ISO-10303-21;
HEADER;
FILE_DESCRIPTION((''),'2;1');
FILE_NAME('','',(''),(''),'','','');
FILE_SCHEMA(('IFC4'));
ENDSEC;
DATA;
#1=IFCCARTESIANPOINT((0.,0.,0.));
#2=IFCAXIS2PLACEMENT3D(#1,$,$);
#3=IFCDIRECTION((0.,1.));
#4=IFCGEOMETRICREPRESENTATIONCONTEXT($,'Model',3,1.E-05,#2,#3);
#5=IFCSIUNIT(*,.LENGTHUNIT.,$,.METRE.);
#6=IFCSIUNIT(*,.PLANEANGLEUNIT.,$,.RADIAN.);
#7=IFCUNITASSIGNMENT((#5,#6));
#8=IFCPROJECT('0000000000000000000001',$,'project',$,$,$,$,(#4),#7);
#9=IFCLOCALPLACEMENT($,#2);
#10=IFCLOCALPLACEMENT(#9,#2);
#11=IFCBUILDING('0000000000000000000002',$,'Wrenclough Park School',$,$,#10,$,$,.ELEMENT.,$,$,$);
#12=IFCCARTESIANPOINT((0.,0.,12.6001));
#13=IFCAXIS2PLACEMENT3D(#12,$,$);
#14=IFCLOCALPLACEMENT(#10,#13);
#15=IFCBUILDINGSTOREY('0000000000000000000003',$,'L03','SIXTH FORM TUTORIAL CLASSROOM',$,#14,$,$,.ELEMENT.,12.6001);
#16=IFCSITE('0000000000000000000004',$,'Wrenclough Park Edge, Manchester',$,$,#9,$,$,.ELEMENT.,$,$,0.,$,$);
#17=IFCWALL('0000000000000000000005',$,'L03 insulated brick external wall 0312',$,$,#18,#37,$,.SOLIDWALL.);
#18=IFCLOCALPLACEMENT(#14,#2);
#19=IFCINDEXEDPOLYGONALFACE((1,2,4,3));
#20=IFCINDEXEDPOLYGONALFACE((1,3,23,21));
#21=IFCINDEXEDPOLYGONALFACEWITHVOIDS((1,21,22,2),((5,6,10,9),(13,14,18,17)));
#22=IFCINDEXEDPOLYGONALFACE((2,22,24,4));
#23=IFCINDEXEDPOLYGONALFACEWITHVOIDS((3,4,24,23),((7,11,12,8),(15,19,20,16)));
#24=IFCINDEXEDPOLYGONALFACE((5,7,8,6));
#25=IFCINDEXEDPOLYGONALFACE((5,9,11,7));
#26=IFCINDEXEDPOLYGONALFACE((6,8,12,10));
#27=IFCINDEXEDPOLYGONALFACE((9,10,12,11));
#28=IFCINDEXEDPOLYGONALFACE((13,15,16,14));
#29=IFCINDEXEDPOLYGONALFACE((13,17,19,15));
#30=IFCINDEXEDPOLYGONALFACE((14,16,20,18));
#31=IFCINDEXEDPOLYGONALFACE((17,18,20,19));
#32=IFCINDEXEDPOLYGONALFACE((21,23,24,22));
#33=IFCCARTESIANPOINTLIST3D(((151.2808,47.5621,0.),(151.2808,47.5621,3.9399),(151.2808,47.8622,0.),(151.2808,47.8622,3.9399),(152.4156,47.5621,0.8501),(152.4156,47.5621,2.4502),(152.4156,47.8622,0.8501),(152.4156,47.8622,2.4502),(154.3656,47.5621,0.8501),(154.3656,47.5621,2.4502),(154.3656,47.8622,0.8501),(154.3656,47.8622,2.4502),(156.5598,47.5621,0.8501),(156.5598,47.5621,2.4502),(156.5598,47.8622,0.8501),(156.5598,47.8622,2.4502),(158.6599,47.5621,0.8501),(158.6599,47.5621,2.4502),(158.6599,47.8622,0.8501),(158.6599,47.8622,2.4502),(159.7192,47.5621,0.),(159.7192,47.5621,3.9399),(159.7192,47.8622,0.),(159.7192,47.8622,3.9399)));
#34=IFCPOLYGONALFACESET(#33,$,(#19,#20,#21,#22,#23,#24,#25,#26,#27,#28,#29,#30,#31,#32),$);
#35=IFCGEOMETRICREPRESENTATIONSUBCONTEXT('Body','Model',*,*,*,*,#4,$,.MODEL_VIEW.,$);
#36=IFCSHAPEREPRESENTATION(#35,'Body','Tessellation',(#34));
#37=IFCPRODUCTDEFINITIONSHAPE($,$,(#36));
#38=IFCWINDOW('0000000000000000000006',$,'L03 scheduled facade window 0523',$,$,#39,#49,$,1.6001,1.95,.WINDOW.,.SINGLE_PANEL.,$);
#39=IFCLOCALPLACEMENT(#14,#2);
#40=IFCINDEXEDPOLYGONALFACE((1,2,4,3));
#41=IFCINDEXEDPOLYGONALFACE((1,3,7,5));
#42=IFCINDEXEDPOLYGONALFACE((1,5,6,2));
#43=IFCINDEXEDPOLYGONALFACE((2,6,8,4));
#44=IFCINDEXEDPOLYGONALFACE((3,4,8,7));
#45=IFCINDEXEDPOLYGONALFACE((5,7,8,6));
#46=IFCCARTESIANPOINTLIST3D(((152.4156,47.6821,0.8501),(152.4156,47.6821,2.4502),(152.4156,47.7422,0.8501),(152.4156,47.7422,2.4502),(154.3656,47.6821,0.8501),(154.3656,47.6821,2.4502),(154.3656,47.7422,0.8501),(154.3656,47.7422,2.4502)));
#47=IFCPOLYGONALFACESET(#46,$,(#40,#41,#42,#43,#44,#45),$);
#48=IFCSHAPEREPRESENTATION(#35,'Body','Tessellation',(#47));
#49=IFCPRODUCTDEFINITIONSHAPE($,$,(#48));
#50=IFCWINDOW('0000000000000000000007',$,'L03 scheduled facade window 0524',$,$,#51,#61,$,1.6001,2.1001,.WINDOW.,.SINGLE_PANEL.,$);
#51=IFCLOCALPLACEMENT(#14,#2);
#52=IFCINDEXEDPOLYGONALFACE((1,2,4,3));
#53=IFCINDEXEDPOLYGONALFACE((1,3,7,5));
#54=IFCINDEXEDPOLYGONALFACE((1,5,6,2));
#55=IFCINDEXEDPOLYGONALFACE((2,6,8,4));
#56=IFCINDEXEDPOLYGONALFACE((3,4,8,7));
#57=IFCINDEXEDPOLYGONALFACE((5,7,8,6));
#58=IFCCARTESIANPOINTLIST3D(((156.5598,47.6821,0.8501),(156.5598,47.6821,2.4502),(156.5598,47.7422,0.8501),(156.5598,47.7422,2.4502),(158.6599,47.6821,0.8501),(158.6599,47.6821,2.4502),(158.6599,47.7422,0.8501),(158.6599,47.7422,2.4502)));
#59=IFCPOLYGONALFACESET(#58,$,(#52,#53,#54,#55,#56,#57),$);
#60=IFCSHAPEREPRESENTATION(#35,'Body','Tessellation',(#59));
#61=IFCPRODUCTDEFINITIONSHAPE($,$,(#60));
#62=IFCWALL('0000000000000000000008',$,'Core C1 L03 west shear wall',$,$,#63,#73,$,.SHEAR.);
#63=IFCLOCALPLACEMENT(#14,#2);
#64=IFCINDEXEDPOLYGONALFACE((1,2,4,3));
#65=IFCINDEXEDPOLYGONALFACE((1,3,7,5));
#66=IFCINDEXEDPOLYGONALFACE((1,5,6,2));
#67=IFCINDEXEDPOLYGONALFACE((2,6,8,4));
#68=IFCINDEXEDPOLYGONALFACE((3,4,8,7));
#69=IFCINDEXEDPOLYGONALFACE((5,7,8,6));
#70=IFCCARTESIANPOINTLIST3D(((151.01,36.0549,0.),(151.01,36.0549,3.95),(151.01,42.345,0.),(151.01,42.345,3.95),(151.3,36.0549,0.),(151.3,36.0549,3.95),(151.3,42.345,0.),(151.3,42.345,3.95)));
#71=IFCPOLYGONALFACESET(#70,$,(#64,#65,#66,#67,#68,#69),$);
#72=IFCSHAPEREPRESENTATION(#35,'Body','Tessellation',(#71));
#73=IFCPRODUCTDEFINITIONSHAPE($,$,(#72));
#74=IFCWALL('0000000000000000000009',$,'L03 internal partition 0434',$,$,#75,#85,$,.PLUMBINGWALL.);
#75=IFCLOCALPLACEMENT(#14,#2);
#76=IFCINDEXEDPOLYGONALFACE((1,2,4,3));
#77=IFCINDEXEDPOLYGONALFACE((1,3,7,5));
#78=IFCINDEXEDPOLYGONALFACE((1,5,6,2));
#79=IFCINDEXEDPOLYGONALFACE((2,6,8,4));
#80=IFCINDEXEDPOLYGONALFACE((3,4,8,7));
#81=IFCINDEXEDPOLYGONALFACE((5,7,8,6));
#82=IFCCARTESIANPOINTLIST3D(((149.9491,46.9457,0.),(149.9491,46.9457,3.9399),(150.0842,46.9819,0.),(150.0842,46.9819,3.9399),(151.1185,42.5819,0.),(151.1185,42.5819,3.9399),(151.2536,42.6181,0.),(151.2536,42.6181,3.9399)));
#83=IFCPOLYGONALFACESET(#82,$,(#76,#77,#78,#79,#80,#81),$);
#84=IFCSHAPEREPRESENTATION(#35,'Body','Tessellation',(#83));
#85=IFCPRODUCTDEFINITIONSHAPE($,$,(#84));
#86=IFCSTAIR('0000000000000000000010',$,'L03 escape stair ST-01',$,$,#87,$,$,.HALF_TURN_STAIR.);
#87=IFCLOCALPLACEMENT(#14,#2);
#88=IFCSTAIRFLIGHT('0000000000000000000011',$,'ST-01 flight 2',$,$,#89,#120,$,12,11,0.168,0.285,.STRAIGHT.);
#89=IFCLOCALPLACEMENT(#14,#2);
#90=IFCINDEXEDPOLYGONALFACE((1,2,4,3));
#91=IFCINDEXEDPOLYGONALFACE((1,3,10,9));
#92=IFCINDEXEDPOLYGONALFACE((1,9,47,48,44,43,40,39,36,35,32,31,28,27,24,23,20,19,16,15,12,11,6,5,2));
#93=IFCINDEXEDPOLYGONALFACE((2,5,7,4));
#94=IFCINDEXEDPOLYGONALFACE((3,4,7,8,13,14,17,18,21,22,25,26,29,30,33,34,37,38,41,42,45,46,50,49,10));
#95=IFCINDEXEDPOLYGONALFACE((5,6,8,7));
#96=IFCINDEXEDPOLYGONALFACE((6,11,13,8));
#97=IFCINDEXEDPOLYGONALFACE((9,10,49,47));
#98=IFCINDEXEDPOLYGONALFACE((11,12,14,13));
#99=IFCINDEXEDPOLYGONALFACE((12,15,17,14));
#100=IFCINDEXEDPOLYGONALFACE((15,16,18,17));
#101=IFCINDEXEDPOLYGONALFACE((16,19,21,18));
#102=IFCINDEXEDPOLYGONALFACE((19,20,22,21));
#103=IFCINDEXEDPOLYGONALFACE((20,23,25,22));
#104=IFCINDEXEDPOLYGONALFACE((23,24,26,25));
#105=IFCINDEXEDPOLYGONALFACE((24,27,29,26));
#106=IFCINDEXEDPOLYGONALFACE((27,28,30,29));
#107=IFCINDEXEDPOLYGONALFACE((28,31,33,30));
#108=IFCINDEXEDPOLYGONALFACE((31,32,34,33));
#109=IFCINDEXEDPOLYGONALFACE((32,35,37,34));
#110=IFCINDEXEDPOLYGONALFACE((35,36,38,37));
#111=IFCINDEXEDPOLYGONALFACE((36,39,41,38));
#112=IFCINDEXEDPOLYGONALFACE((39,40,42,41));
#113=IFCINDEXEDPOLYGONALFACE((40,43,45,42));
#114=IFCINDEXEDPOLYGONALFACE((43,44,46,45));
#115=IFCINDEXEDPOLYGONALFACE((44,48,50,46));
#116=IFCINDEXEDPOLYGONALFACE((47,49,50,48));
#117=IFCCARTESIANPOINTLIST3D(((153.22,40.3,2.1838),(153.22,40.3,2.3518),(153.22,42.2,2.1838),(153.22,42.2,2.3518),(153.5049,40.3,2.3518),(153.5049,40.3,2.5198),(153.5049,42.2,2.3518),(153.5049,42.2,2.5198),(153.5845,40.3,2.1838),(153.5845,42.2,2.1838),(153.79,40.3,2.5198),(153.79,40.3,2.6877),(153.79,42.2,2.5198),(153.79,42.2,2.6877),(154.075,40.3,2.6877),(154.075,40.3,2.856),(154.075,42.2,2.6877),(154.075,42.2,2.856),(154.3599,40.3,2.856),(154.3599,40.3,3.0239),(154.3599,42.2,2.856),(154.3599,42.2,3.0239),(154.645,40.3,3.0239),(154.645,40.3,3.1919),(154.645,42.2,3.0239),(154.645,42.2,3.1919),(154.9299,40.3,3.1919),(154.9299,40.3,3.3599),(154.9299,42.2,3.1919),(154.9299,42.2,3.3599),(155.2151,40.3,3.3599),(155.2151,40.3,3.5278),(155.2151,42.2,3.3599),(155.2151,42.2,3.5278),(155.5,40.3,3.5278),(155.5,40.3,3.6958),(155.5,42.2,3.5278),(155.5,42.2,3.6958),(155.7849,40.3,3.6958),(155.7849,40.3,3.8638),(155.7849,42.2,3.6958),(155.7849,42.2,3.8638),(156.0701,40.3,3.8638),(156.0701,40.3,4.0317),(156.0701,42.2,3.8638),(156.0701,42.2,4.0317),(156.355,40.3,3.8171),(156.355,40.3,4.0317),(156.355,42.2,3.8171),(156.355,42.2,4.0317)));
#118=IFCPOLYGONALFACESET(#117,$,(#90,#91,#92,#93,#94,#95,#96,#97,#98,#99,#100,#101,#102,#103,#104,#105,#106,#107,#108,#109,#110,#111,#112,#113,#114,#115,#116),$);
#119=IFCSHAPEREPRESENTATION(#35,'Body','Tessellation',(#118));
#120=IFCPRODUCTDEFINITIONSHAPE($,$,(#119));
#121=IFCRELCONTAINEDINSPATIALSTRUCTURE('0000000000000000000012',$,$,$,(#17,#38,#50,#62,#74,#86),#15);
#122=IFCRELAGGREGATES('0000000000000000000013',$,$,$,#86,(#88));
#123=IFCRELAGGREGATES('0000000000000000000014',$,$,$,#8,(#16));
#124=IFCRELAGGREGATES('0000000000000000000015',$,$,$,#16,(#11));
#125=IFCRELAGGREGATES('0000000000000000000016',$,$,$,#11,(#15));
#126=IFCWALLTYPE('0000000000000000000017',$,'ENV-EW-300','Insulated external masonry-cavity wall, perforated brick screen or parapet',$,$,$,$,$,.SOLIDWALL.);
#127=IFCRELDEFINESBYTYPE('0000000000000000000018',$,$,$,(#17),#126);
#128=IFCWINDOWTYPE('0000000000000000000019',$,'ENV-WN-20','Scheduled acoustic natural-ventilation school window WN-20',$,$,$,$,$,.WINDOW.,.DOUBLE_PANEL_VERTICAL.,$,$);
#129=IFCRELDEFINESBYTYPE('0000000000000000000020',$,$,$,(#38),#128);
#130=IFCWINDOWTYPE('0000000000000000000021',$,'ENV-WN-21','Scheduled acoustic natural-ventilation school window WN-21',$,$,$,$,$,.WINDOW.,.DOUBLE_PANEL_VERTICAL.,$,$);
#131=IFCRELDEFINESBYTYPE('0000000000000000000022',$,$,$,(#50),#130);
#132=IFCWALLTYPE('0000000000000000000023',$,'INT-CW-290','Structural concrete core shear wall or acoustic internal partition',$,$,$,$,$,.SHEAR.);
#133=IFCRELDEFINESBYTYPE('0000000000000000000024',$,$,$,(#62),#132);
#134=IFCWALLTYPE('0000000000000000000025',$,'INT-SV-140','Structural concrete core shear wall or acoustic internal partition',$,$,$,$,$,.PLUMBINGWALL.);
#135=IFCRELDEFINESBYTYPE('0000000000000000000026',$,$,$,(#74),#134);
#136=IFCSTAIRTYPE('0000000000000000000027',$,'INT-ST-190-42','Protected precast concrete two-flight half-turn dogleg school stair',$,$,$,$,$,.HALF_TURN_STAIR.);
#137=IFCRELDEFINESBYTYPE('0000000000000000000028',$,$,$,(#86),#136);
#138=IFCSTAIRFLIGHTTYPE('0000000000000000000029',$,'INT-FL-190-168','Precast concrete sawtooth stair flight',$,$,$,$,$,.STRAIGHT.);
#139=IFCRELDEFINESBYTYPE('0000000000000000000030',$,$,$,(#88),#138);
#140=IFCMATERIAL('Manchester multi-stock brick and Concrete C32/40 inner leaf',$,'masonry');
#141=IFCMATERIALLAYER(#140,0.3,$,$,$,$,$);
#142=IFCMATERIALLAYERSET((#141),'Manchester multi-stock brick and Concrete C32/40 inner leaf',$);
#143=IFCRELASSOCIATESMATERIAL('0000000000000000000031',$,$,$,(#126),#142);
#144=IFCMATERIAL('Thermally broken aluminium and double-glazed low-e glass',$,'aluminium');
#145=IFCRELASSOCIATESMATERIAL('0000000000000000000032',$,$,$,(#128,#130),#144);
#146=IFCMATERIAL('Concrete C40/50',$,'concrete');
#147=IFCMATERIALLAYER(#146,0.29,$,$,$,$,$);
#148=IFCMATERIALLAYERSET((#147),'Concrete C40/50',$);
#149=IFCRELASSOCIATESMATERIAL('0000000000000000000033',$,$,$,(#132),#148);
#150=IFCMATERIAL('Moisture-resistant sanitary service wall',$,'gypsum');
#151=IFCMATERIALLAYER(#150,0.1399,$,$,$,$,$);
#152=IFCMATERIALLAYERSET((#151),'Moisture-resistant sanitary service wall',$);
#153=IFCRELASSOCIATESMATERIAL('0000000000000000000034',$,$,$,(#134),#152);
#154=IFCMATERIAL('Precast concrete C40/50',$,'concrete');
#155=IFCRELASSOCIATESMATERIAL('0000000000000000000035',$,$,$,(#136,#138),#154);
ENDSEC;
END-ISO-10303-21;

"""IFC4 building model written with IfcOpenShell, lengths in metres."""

from ifc_helpers import new_model, si_unit, direction, frame, frame_2d, origin, place, context, subcontext, project, spatial, polyline, rectangle, outline, extrude, material, layer, layer_set, type_object, element, fill, aggregate, save


model = new_model("IFC4")

# Units and contexts
model_context = context("Model", 3, precision=1e-05, world=origin(), true_north=direction((0.0, 1.0)))
body_context = subcontext(model_context, "Body", "Model", "MODEL_VIEW")
ifc_project = project(units=[si_unit("LENGTHUNIT", "METRE"), si_unit("PLANEANGLEUNIT", "RADIAN")], contexts=[model_context])

# Site, building, storey
site_placement = place(None, origin())
site = spatial("IfcSite", under=ifc_project, at=site_placement, Name="Wrenclough Park Edge, Manchester", CompositionType="ELEMENT", RefElevation=0.0)
building_placement = place(site_placement, origin())
building = spatial("IfcBuilding", under=site, at=building_placement, Name="Wrenclough Park School", CompositionType="ELEMENT")
storey_placement = place(building_placement, frame((0.0, 0.0, 12.6001)))
storey = spatial("IfcBuildingStorey", under=building, at=storey_placement, Name="L03", Description="SIXTH FORM TUTORIAL CLASSROOM", CompositionType="ELEMENT", Elevation=12.6001)

# Shared definitions
ifc_material_1 = material(Name="Concrete C40/50", Category="concrete")

# Wall, openings, windows
ifc_material_2 = material(Name="Manchester multi-stock brick and Concrete C32/40 inner leaf", Category="masonry")
ifc_layer_1 = layer(ifc_material_2, 0.3)
ifc_layer_set_1 = layer_set([ifc_layer_1], Name="Manchester multi-stock brick and Concrete C32/40 inner leaf")
wall_type_1 = type_object("IfcWallType", Name="ENV-EW-300", Description="Insulated external masonry-cavity wall, perforated brick screen or parapet", PredefinedType="SOLIDWALL", material=ifc_layer_set_1)
wall_1_placement = place(storey_placement, frame((151.2808, 47.7122, 0.0), z_axis=(0.0, 0.0, 1.0), x_axis=(1.0, 0.0, 0.0)))
wall_1 = element("IfcWall", 1, at=wall_1_placement, inside=storey, type_object=wall_type_1, Name="L03 insulated brick external wall 0312", PredefinedType="SOLIDWALL", context=body_context, shape_type="SweptSolid", body=[
    extrude(rectangle(XDim=8.4385, YDim=0.3, at=frame_2d((4.2192, 0.0))), origin(), (0.0, 0.0, 1.0), 3.9399),
])
opening_1_placement = place(wall_1_placement, frame((1.1348, 0.0, 0.8501)))
opening_1 = element("IfcOpeningElement", 2, at=opening_1_placement, cuts=wall_1, PredefinedType="OPENING", context=body_context, shape_type="SweptSolid", body=[
    extrude(rectangle(XDim=1.95, YDim=1.6001, at=frame_2d((0.9751, 0.8))), frame((0.0, 0.1599, 0.0), z_axis=(0.0, -1.0, 0.0), x_axis=(1.0, 0.0, 0.0)), (0.0, 0.0, 1.0), 0.3201),
])
opening_2_placement = place(wall_1_placement, frame((5.2791, 0.0, 0.8501)))
opening_2 = element("IfcOpeningElement", 3, at=opening_2_placement, cuts=wall_1, PredefinedType="OPENING", context=body_context, shape_type="SweptSolid", body=[
    extrude(rectangle(XDim=2.1001, YDim=1.6001, at=frame_2d((1.05, 0.8))), frame((0.0, 0.1599, 0.0), z_axis=(0.0, -1.0, 0.0), x_axis=(1.0, 0.0, 0.0)), (0.0, 0.0, 1.0), 0.3201),
])
ifc_material_3 = material(Name="Thermally broken aluminium and double-glazed low-e glass", Category="aluminium")
window_type_1 = type_object("IfcWindowType", Name="ENV-WN-20", Description="Scheduled acoustic natural-ventilation school window WN-20", PartitioningType="DOUBLE_PANEL_VERTICAL", PredefinedType="WINDOW", material=ifc_material_3)
window_1_placement = place(opening_1_placement, origin())
window_1 = element("IfcWindow", 4, at=window_1_placement, inside=storey, type_object=window_type_1, Name="L03 scheduled facade window 0523", OverallHeight=1.6001, OverallWidth=1.95, PartitioningType="SINGLE_PANEL", PredefinedType="WINDOW", context=body_context, shape_type="SweptSolid", body=[
    extrude(rectangle(XDim=1.95, YDim=1.6001, at=frame_2d((0.9751, 0.8))), frame((0.0, 0.03, 0.0), z_axis=(0.0, -1.0, 0.0), x_axis=(1.0, 0.0, 0.0)), (0.0, 0.0, 1.0), 0.0601),
])
fill(opening_1, window_1)
window_type_2 = type_object("IfcWindowType", Name="ENV-WN-21", Description="Scheduled acoustic natural-ventilation school window WN-21", PartitioningType="DOUBLE_PANEL_VERTICAL", PredefinedType="WINDOW", material=ifc_material_3)
window_2_placement = place(opening_2_placement, origin())
window_2 = element("IfcWindow", 5, at=window_2_placement, inside=storey, type_object=window_type_2, Name="L03 scheduled facade window 0524", OverallHeight=1.6001, OverallWidth=2.1001, PartitioningType="SINGLE_PANEL", PredefinedType="WINDOW", context=body_context, shape_type="SweptSolid", body=[
    extrude(rectangle(XDim=2.1001, YDim=1.6001, at=frame_2d((1.05, 0.8))), frame((0.0, 0.03, 0.0), z_axis=(0.0, -1.0, 0.0), x_axis=(1.0, 0.0, 0.0)), (0.0, 0.0, 1.0), 0.0601),
])
fill(opening_2, window_2)

# Walls
ifc_layer_2 = layer(ifc_material_1, 0.29)
ifc_layer_set_2 = layer_set([ifc_layer_2], Name="Concrete C40/50")
wall_type_2 = type_object("IfcWallType", Name="INT-CW-290", Description="Structural concrete core shear wall or acoustic internal partition", PredefinedType="SHEAR", material=ifc_layer_set_2)
wall_2_placement = place(storey_placement, frame((151.155, 42.345, 0.0), z_axis=(0.0, 0.0, 1.0), x_axis=(0.0, -1.0, 0.0)))
element("IfcWall", 6, at=wall_2_placement, inside=storey, type_object=wall_type_2, Name="Core C1 L03 west shear wall", PredefinedType="SHEAR", context=body_context, shape_type="SweptSolid", body=[
    extrude(rectangle(XDim=6.29, YDim=0.29, at=frame_2d((3.145, 0.0))), origin(), (0.0, 0.0, 1.0), 3.95),
])
ifc_material_4 = material(Name="Moisture-resistant sanitary service wall", Category="gypsum")
ifc_layer_3 = layer(ifc_material_4, 0.1399)
ifc_layer_set_3 = layer_set([ifc_layer_3], Name="Moisture-resistant sanitary service wall")
wall_type_3 = type_object("IfcWallType", Name="INT-SV-140", Description="Structural concrete core shear wall or acoustic internal partition", PredefinedType="PLUMBINGWALL", material=ifc_layer_set_3)
wall_3_placement = place(storey_placement, frame((151.186, 42.6001, 0.0), z_axis=(0.0, 0.0, 1.0), x_axis=(-0.258853, 0.965917, 0.0)))
element("IfcWall", 7, at=wall_3_placement, inside=storey, type_object=wall_type_3, Name="L03 internal partition 0434", PredefinedType="PLUMBINGWALL", context=body_context, shape_type="SweptSolid", body=[
    extrude(rectangle(XDim=4.5178, YDim=0.1399, at=frame_2d((2.2588, 0.0))), origin(), (0.0, 0.0, 1.0), 3.9399),
])

# Stair, stair flight
ifc_material_5 = material(Name="Precast concrete C40/50", Category="concrete")
stair_type = type_object("IfcStairType", Name="INT-ST-190-42", Description="Protected precast concrete two-flight half-turn dogleg school stair", PredefinedType="HALF_TURN_STAIR", material=ifc_material_5)
stair_placement = place(storey_placement, origin())
stair = element("IfcStair", 8, at=stair_placement, inside=storey, type_object=stair_type, Name="L03 escape stair ST-01", PredefinedType="HALF_TURN_STAIR")
stair_flight_type = type_object("IfcStairFlightType", Name="INT-FL-190-168", Description="Precast concrete sawtooth stair flight", PredefinedType="STRAIGHT", material=ifc_material_5)
stair_flight_placement = place(storey_placement, frame((153.22, 41.25, 2.1838), z_axis=(0.0, 0.0, 1.0), x_axis=(1.0, 0.0, 0.0)))
stair_flight = element("IfcStairFlight", 9, at=stair_flight_placement, type_object=stair_flight_type, Name="ST-01 flight 2", NumberOfRisers=12, NumberOfTreads=11, PredefinedType="STRAIGHT", RiserHeight=0.168, TreadLength=0.285, context=body_context, shape_type="SweptSolid", body=[
    extrude(outline(polyline([(0.0, 0.0), (0.0, 0.168), (0.2849, 0.168), (0.2849, 0.3359), (0.5701, 0.3359), (0.5701, 0.5039), (0.855, 0.5039), (0.855, 0.6721), (1.1399, 0.6721), (1.1399, 0.8401), (1.425, 0.8401), (1.425, 1.0081), (1.71, 1.0081), (1.71, 1.176), (1.9951, 1.176), (1.9951, 1.344), (2.28, 1.344), (2.28, 1.512), (2.5649, 1.512), (2.5649, 1.6799), (2.8501, 1.6799), (2.8501, 1.8479), (3.135, 1.8479), (3.135, 2.0161), (3.135, 1.6333), (0.3645, 0.0), (0.0, 0.0)])), frame((0.0, 0.95, 0.0), z_axis=(0.0, -1.0, 0.0), x_axis=(1.0, 0.0, 0.0)), (0.0, 0.0, 1.0), 1.8999),
])
aggregate(stair, [stair_flight])

save(model, "model.ifc")
